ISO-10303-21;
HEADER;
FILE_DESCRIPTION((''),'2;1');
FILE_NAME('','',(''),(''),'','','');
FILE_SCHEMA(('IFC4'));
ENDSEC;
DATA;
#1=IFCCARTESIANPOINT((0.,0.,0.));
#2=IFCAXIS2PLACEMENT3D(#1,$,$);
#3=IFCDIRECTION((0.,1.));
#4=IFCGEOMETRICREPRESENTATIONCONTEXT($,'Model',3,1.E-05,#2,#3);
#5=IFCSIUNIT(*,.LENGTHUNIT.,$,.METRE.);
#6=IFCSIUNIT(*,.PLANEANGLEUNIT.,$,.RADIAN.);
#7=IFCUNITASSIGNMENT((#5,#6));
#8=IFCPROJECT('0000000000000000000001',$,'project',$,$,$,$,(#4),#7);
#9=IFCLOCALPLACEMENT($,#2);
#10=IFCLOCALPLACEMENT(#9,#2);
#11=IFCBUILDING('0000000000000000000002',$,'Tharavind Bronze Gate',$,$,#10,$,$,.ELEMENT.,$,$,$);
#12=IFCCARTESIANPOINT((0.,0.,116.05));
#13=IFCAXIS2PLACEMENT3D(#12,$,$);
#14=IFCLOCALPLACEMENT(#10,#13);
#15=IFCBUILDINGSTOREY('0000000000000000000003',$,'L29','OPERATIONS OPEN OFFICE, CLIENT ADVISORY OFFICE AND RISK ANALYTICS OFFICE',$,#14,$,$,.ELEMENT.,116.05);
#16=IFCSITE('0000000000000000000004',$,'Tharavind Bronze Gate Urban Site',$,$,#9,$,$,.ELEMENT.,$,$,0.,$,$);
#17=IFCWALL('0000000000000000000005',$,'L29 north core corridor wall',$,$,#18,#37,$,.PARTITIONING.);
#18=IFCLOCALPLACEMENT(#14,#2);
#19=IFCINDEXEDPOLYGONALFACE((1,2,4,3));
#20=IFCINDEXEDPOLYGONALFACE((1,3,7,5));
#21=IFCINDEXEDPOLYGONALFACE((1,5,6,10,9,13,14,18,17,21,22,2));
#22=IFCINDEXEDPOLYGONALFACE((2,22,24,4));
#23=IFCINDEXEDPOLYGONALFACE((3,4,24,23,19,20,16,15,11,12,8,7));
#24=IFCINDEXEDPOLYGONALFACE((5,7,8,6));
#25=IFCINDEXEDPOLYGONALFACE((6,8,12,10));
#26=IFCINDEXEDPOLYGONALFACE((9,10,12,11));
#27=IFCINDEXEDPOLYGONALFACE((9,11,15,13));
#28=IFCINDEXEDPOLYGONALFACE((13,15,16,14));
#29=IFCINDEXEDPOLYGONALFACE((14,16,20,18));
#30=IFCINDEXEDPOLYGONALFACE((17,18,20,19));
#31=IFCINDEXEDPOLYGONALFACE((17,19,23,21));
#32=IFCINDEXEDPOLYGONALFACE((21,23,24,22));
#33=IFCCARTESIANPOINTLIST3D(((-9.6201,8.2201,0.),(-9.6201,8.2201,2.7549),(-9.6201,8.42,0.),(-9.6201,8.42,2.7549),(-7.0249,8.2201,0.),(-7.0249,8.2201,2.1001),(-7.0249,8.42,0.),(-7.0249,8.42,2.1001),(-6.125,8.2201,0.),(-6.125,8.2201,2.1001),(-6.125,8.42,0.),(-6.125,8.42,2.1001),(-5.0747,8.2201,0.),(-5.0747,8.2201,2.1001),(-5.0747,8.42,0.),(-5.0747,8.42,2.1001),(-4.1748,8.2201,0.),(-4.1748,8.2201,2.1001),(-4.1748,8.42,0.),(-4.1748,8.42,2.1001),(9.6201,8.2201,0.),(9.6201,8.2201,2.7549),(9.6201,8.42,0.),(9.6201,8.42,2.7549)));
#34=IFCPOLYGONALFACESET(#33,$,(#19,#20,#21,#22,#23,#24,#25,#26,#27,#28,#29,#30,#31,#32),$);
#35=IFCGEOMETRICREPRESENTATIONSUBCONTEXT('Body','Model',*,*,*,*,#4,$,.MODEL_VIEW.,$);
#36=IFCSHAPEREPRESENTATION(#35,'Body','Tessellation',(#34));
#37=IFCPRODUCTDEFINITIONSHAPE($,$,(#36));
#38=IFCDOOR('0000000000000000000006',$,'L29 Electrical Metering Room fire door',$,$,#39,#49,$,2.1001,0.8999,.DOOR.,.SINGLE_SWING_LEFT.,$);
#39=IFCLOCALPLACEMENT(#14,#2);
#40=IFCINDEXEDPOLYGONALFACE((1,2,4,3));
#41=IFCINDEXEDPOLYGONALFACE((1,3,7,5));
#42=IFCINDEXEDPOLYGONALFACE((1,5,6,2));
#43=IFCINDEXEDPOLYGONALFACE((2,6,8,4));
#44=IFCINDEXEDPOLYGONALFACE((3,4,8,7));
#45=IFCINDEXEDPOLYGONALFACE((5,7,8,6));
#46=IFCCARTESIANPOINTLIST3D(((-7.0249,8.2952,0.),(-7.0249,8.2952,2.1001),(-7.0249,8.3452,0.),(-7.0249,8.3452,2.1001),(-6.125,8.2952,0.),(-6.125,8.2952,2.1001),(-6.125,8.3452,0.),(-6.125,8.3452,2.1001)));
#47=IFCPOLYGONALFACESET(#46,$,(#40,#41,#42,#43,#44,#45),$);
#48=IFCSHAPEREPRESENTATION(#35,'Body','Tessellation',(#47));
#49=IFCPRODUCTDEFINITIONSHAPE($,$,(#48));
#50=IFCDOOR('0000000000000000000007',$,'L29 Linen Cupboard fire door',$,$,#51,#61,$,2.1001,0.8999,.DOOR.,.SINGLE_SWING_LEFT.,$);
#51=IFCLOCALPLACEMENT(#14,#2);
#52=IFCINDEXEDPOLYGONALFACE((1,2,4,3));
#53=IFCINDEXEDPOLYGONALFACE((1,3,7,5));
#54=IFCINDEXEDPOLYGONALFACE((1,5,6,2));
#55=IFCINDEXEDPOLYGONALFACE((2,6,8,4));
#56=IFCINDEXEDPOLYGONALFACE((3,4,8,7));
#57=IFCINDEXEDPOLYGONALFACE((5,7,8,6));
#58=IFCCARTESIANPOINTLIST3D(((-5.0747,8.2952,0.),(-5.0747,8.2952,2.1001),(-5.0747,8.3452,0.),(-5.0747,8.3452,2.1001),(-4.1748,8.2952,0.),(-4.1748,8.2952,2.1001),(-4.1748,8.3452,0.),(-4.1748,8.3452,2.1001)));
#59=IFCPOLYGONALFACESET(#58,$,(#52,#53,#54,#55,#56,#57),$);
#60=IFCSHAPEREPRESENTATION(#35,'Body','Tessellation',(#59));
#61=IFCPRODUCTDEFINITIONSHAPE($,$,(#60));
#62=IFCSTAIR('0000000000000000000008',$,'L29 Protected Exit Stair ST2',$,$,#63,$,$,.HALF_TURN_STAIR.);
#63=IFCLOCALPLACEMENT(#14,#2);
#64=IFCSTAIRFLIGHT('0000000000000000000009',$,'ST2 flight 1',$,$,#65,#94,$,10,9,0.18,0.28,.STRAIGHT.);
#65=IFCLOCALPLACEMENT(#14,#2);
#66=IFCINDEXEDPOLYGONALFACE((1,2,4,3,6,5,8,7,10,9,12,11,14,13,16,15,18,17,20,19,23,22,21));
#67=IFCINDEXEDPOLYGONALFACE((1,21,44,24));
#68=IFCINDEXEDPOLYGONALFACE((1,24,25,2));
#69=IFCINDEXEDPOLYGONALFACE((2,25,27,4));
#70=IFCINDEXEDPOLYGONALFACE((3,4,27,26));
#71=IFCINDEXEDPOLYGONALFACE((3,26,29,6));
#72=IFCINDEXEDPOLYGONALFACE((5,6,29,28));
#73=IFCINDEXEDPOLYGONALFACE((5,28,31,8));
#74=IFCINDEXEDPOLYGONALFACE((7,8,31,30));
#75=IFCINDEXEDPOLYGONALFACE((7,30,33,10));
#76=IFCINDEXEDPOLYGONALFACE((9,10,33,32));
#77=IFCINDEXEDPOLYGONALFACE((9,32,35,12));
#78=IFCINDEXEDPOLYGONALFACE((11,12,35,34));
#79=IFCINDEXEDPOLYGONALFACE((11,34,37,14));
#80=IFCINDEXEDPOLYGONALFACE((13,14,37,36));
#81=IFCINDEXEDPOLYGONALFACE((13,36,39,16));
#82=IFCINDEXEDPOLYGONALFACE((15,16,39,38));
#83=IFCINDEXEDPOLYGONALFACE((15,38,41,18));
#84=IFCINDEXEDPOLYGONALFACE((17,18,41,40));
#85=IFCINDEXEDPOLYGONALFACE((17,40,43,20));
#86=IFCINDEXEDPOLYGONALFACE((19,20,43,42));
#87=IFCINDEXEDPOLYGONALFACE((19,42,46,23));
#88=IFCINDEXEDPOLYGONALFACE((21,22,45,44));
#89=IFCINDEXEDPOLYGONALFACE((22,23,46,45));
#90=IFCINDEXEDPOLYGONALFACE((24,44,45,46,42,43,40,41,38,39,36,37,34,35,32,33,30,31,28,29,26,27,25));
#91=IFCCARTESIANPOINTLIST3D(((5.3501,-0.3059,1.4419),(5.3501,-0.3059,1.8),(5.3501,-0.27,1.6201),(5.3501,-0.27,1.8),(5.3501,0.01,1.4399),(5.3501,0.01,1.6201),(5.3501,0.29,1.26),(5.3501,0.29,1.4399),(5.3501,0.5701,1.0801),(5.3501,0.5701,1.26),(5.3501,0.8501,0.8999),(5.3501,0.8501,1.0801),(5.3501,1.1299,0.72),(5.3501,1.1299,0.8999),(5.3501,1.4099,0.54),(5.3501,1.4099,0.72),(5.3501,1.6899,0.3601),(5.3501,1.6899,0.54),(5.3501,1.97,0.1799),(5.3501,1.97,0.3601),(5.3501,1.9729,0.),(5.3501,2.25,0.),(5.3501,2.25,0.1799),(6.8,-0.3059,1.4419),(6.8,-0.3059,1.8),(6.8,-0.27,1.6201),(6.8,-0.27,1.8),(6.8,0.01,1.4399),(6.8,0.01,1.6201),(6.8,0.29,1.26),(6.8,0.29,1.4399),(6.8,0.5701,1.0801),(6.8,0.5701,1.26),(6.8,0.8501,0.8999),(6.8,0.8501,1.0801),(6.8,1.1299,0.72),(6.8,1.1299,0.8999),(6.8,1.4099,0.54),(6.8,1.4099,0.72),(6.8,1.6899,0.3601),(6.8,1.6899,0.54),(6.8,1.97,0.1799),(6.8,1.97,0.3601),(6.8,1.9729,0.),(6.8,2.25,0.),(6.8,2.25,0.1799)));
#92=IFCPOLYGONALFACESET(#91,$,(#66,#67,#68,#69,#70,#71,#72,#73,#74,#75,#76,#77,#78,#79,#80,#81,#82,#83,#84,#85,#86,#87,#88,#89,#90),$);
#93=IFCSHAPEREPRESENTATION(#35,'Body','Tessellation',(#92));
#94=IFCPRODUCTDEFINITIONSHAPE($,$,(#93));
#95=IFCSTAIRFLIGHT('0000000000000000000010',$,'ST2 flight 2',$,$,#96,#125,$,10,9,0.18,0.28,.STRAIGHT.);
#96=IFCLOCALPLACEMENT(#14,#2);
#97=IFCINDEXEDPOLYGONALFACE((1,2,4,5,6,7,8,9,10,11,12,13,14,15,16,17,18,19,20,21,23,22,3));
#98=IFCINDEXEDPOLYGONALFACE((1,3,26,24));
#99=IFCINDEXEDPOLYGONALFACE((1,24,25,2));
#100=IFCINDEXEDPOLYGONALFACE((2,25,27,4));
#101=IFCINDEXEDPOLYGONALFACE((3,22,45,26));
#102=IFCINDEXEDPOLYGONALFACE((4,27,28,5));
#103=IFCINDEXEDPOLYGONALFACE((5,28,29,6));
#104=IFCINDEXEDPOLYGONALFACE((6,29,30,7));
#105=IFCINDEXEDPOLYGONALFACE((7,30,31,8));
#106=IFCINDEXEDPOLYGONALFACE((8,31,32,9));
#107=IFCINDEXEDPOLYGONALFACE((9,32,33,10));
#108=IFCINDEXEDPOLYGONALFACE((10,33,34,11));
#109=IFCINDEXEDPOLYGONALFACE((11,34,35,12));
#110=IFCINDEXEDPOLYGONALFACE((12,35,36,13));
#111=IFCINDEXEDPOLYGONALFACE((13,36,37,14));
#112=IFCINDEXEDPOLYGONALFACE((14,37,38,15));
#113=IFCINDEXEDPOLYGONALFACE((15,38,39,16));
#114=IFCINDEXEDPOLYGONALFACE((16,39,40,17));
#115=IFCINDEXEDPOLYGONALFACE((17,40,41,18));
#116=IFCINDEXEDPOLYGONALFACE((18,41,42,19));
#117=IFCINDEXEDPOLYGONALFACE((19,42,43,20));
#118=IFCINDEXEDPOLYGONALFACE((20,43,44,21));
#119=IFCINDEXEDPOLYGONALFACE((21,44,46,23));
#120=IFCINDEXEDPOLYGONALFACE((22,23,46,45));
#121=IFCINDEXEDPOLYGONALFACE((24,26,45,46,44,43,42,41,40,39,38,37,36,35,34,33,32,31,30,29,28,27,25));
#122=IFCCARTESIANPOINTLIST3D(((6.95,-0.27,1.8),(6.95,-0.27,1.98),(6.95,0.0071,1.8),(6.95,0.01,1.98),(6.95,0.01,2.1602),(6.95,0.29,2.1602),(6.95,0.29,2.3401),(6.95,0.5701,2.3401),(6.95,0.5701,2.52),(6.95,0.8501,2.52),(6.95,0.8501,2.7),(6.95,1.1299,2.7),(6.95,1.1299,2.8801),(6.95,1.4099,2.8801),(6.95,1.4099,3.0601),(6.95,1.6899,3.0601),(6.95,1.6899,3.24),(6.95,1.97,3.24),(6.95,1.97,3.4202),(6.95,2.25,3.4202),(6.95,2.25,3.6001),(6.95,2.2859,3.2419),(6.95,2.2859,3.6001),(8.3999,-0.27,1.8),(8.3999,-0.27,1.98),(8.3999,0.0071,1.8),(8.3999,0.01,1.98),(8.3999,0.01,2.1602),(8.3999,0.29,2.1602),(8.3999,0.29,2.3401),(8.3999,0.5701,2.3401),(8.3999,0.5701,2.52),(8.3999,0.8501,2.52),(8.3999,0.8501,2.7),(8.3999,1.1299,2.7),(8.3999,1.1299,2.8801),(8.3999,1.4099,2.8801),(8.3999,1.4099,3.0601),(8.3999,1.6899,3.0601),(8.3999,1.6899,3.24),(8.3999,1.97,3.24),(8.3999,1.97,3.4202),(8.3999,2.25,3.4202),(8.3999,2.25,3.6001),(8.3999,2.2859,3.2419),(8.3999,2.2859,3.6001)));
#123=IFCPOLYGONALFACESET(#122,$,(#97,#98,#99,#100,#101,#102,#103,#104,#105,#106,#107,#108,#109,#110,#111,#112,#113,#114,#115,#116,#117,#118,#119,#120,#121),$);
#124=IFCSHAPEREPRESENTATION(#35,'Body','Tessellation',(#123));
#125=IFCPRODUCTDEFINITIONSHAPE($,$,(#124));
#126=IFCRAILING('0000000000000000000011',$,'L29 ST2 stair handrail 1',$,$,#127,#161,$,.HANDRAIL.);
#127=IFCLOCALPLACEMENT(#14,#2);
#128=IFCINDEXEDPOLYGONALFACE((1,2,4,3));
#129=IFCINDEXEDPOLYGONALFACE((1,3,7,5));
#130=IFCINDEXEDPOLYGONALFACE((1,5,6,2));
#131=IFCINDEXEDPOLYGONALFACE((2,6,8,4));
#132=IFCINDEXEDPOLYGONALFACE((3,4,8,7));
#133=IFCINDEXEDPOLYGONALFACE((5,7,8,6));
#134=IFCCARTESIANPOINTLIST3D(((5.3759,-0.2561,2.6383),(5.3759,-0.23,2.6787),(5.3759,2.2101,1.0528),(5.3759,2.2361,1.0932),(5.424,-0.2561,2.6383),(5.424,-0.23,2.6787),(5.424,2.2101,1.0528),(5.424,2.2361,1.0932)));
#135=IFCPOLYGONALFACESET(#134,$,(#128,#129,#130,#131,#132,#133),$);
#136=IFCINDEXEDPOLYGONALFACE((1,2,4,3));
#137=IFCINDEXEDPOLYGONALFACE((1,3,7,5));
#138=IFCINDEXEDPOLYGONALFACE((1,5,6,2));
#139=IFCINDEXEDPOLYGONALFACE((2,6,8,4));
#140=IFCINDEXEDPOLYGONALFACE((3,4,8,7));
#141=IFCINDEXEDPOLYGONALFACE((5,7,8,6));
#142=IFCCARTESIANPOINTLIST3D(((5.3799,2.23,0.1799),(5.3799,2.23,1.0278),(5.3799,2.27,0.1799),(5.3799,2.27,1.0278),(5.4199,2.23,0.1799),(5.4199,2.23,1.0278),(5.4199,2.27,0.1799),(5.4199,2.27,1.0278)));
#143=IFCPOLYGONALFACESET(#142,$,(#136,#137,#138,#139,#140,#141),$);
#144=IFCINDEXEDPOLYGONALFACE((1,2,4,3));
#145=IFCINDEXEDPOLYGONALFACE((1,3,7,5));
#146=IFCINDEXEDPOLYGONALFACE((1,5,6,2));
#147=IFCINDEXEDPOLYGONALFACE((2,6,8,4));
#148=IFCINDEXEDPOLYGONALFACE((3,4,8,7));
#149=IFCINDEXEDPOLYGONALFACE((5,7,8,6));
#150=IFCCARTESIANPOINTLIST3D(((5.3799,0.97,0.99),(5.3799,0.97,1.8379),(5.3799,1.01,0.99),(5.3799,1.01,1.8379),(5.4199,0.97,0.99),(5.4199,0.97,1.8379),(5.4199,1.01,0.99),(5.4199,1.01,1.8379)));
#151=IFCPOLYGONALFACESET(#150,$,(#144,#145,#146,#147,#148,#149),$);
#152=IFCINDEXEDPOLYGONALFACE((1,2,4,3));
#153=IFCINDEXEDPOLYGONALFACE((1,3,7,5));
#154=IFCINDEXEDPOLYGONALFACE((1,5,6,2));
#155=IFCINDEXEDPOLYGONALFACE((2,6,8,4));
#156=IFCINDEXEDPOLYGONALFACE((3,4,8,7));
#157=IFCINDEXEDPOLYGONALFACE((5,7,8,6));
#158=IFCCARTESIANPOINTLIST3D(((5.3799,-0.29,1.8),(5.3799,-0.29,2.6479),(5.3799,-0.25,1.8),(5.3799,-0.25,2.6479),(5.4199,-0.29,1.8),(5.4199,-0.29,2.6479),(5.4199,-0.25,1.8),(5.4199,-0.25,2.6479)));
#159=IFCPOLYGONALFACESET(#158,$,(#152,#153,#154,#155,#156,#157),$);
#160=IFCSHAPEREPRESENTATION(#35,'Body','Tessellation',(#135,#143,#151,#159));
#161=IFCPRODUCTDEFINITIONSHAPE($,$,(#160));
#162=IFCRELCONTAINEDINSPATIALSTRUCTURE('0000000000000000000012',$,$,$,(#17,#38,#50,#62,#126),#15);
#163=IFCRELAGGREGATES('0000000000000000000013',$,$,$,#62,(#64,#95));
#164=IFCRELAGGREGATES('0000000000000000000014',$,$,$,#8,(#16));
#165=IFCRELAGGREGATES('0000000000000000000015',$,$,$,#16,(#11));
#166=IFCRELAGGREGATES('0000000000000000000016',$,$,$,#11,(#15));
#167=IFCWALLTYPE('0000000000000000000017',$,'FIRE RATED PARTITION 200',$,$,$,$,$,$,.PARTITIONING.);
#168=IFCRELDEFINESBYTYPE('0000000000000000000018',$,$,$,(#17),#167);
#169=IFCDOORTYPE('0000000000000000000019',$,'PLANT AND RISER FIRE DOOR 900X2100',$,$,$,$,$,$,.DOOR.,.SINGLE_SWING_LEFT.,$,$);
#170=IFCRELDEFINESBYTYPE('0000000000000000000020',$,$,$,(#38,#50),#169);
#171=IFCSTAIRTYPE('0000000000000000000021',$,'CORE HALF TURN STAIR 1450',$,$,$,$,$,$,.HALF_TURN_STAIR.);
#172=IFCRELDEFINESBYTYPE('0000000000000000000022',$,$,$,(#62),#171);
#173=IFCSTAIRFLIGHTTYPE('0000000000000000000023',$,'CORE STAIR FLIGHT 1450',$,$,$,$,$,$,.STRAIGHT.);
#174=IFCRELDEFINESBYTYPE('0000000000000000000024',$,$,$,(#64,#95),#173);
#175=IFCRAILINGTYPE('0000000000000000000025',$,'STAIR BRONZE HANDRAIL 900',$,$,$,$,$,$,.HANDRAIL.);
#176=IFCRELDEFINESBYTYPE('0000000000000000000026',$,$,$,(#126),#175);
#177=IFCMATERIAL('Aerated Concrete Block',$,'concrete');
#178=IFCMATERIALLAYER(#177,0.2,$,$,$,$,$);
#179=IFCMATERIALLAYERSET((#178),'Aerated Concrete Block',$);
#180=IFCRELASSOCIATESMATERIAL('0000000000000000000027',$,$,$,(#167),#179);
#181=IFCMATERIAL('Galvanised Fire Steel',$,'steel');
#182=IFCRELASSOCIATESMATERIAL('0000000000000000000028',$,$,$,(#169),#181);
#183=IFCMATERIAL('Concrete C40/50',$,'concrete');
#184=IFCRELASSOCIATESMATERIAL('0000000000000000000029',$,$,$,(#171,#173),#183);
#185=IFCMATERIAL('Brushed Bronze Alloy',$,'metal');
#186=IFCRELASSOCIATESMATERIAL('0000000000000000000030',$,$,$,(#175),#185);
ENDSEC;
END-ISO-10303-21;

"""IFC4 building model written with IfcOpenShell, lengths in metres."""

from ifc_helpers import new_model, si_unit, direction, frame, frame_2d, origin, origin_2d, place, context, subcontext, project, spatial, polyline, rectangle, outline, extrude, material, layer, layer_set, type_object, element, fill, aggregate, save


model = new_model("IFC4")

# Units and contexts
model_context = context("Model", 3, precision=1e-05, world=origin(), true_north=direction((0.0, 1.0)))
body_context = subcontext(model_context, "Body", "Model", "MODEL_VIEW")
ifc_project = project(units=[si_unit("LENGTHUNIT", "METRE"), si_unit("PLANEANGLEUNIT", "RADIAN")], contexts=[model_context])

# Site, building, storey
site_placement = place(None, origin())
site = spatial("IfcSite", under=ifc_project, at=site_placement, Name="Tharavind Bronze Gate Urban Site", CompositionType="ELEMENT", RefElevation=0.0)
building_placement = place(site_placement, origin())
building = spatial("IfcBuilding", under=site, at=building_placement, Name="Tharavind Bronze Gate", CompositionType="ELEMENT")
storey_placement = place(building_placement, frame((0.0, 0.0, 116.05)))
storey = spatial("IfcBuildingStorey", under=building, at=storey_placement, Name="L29", Description="OPERATIONS OPEN OFFICE, CLIENT ADVISORY OFFICE AND RISK ANALYTICS OFFICE", CompositionType="ELEMENT", Elevation=116.05)

# Wall, openings, doors
ifc_material_1 = material(Name="Aerated Concrete Block", Category="concrete")
ifc_layer_1 = layer(ifc_material_1, 0.2)
ifc_layer_set_1 = layer_set([ifc_layer_1], Name="Aerated Concrete Block")
wall_type_1 = type_object("IfcWallType", Name="FIRE RATED PARTITION 200", PredefinedType="PARTITIONING", material=ifc_layer_set_1)
wall_1_placement = place(storey_placement, frame((9.6201, 8.3201, 0.0), z_axis=(0.0, 0.0, 1.0), x_axis=(-1.0, 0.0, 0.0)))
wall_1 = element("IfcWall", 1, at=wall_1_placement, inside=storey, type_object=wall_type_1, Name="L29 north core corridor wall", PredefinedType="PARTITIONING", context=body_context, shape_type="SweptSolid", body=[
    extrude(rectangle(XDim=19.2402, YDim=0.2, at=frame_2d((9.6201, 0.0))), origin(), (0.0, 0.0, 1.0), 2.7549),
])
opening_1_placement = place(wall_1_placement, frame((15.7451, 0.0, 0.0)))
opening_1 = element("IfcOpeningElement", 2, at=opening_1_placement, cuts=wall_1, PredefinedType="OPENING", context=body_context, shape_type="SweptSolid", body=[
    extrude(rectangle(XDim=0.8999, YDim=2.1001, at=frame_2d((0.45, 1.05))), frame((0.0, 0.1101, 0.0), z_axis=(0.0, -1.0, 0.0), x_axis=(1.0, 0.0, 0.0)), (0.0, 0.0, 1.0), 0.22),
])
opening_2_placement = place(wall_1_placement, frame((13.7949, 0.0, 0.0)))
opening_2 = element("IfcOpeningElement", 3, at=opening_2_placement, cuts=wall_1, PredefinedType="OPENING", context=body_context, shape_type="SweptSolid", body=[
    extrude(rectangle(XDim=0.8999, YDim=2.1001, at=frame_2d((0.45, 1.05))), frame((0.0, 0.1101, 0.0), z_axis=(0.0, -1.0, 0.0), x_axis=(1.0, 0.0, 0.0)), (0.0, 0.0, 1.0), 0.22),
])
ifc_material_2 = material(Name="Galvanised Fire Steel", Category="steel")
door_type_1 = type_object("IfcDoorType", Name="PLANT AND RISER FIRE DOOR 900X2100", OperationType="SINGLE_SWING_LEFT", PredefinedType="DOOR", material=ifc_material_2)
door_1_placement = place(opening_1_placement, origin())
door_1 = element("IfcDoor", 4, at=door_1_placement, inside=storey, type_object=door_type_1, Name="L29 Electrical Metering Room fire door", OperationType="SINGLE_SWING_LEFT", OverallHeight=2.1001, OverallWidth=0.8999, PredefinedType="DOOR", context=body_context, shape_type="SweptSolid", body=[
    extrude(rectangle(XDim=0.8999, YDim=2.1001, at=frame_2d((0.45, 1.05))), frame((0.0, 0.0249, 0.0), z_axis=(0.0, -1.0, 0.0), x_axis=(1.0, 0.0, 0.0)), (0.0, 0.0, 1.0), 0.05),
])
fill(opening_1, door_1)
door_2_placement = place(opening_2_placement, origin())
door_2 = element("IfcDoor", 5, at=door_2_placement, inside=storey, type_object=door_type_1, Name="L29 Linen Cupboard fire door", OperationType="SINGLE_SWING_LEFT", OverallHeight=2.1001, OverallWidth=0.8999, PredefinedType="DOOR", context=body_context, shape_type="SweptSolid", body=[
    extrude(rectangle(XDim=0.8999, YDim=2.1001, at=frame_2d((0.45, 1.05))), frame((0.0, 0.0249, 0.0), z_axis=(0.0, -1.0, 0.0), x_axis=(1.0, 0.0, 0.0)), (0.0, 0.0, 1.0), 0.05),
])
fill(opening_2, door_2)

# Stair, stair flights
ifc_material_3 = material(Name="Concrete C40/50", Category="concrete")
stair_type = type_object("IfcStairType", Name="CORE HALF TURN STAIR 1450", PredefinedType="HALF_TURN_STAIR", material=ifc_material_3)
stair_placement = place(storey_placement, origin())
stair = element("IfcStair", 6, at=stair_placement, inside=storey, type_object=stair_type, Name="L29 Protected Exit Stair ST2", PredefinedType="HALF_TURN_STAIR")
stair_flight_type = type_object("IfcStairFlightType", Name="CORE STAIR FLIGHT 1450", PredefinedType="STRAIGHT", material=ifc_material_3)
stair_flight_1_placement = place(storey_placement, frame((6.075, 2.25, 0.0), z_axis=(0.0, 0.0, 1.0), x_axis=(0.0, -1.0, 0.0)))
stair_flight_1 = element("IfcStairFlight", 7, at=stair_flight_1_placement, type_object=stair_flight_type, Name="ST2 flight 1", NumberOfRisers=10, NumberOfTreads=9, PredefinedType="STRAIGHT", RiserHeight=0.18, TreadLength=0.28, context=body_context, shape_type="SweptSolid", body=[
    extrude(outline(polyline([(0.0, 0.0), (0.0, 0.1799), (0.28, 0.1799), (0.28, 0.3601), (0.5601, 0.3601), (0.5601, 0.54), (0.8401, 0.54), (0.8401, 0.72), (1.1201, 0.72), (1.1201, 0.8999), (1.3999, 0.8999), (1.3999, 1.0801), (1.6799, 1.0801), (1.6799, 1.26), (1.96, 1.26), (1.96, 1.4399), (2.24, 1.4399), (2.24, 1.6201), (2.52, 1.6201), (2.52, 1.8), (2.5559, 1.8), (2.5559, 1.4419), (0.2771, 0.0), (0.0, 0.0)])), frame((0.0, 0.7251, 0.0), z_axis=(0.0, -1.0, 0.0), x_axis=(1.0, 0.0, 0.0)), (0.0, 0.0, 1.0), 1.45),
])
stair_flight_2_placement = place(storey_placement, frame((7.675, -0.27, 1.8), z_axis=(0.0, 0.0, 1.0), x_axis=(0.0, 1.0, 0.0)))
stair_flight_2 = element("IfcStairFlight", 8, at=stair_flight_2_placement, type_object=stair_flight_type, Name="ST2 flight 2", NumberOfRisers=10, NumberOfTreads=9, PredefinedType="STRAIGHT", RiserHeight=0.18, TreadLength=0.28, context=body_context, shape_type="SweptSolid", body=[
    extrude(outline(polyline([(0.0, 0.0), (0.0, 0.1799), (0.28, 0.1799), (0.28, 0.3601), (0.5601, 0.3601), (0.5601, 0.54), (0.8401, 0.54), (0.8401, 0.72), (1.1201, 0.72), (1.1201, 0.8999), (1.3999, 0.8999), (1.3999, 1.0801), (1.6799, 1.0801), (1.6799, 1.26), (1.96, 1.26), (1.96, 1.4399), (2.24, 1.4399), (2.24, 1.6201), (2.52, 1.6201), (2.52, 1.8), (2.5559, 1.8), (2.5559, 1.4419), (0.2771, 0.0), (0.0, 0.0)])), frame((0.0, 0.7251, 0.0), z_axis=(0.0, -1.0, 0.0), x_axis=(1.0, 0.0, 0.0)), (0.0, 0.0, 1.0), 1.45),
])
aggregate(stair, [stair_flight_1, stair_flight_2])

# Railing
ifc_material_4 = material(Name="Brushed Bronze Alloy", Category="metal")
railing_type_1 = type_object("IfcRailingType", Name="STAIR BRONZE HANDRAIL 900", PredefinedType="HANDRAIL", material=ifc_material_4)
railing_1_placement = place(storey_placement, frame((5.3999, 2.25, 0.1799)))
element("IfcRailing", 9, at=railing_1_placement, inside=storey, type_object=railing_type_1, Name="L29 ST2 stair handrail 1", PredefinedType="HANDRAIL", context=body_context, shape_type="SweptSolid", body=[
    extrude(rectangle(XDim=0.0481, YDim=0.0481, at=origin_2d()), frame((0.0, -0.0269, 0.8931), z_axis=(0.0, -0.841163, 0.540782), x_axis=(1.0, 0.0, 0.0)), (0.0, 0.0, 1.0), 2.9319),
    extrude(rectangle(XDim=0.04, YDim=0.04, at=origin_2d()), origin(), (0.0, 0.0, 1.0), 0.8479),
    extrude(rectangle(XDim=0.04, YDim=0.04, at=origin_2d()), frame((0.0, -1.26, 0.8101)), (0.0, 0.0, 1.0), 0.8479),
    extrude(rectangle(XDim=0.04, YDim=0.04, at=origin_2d()), frame((0.0, -2.52, 1.6201)), (0.0, 0.0, 1.0), 0.8479),
])

save(model, "model.ifc")
